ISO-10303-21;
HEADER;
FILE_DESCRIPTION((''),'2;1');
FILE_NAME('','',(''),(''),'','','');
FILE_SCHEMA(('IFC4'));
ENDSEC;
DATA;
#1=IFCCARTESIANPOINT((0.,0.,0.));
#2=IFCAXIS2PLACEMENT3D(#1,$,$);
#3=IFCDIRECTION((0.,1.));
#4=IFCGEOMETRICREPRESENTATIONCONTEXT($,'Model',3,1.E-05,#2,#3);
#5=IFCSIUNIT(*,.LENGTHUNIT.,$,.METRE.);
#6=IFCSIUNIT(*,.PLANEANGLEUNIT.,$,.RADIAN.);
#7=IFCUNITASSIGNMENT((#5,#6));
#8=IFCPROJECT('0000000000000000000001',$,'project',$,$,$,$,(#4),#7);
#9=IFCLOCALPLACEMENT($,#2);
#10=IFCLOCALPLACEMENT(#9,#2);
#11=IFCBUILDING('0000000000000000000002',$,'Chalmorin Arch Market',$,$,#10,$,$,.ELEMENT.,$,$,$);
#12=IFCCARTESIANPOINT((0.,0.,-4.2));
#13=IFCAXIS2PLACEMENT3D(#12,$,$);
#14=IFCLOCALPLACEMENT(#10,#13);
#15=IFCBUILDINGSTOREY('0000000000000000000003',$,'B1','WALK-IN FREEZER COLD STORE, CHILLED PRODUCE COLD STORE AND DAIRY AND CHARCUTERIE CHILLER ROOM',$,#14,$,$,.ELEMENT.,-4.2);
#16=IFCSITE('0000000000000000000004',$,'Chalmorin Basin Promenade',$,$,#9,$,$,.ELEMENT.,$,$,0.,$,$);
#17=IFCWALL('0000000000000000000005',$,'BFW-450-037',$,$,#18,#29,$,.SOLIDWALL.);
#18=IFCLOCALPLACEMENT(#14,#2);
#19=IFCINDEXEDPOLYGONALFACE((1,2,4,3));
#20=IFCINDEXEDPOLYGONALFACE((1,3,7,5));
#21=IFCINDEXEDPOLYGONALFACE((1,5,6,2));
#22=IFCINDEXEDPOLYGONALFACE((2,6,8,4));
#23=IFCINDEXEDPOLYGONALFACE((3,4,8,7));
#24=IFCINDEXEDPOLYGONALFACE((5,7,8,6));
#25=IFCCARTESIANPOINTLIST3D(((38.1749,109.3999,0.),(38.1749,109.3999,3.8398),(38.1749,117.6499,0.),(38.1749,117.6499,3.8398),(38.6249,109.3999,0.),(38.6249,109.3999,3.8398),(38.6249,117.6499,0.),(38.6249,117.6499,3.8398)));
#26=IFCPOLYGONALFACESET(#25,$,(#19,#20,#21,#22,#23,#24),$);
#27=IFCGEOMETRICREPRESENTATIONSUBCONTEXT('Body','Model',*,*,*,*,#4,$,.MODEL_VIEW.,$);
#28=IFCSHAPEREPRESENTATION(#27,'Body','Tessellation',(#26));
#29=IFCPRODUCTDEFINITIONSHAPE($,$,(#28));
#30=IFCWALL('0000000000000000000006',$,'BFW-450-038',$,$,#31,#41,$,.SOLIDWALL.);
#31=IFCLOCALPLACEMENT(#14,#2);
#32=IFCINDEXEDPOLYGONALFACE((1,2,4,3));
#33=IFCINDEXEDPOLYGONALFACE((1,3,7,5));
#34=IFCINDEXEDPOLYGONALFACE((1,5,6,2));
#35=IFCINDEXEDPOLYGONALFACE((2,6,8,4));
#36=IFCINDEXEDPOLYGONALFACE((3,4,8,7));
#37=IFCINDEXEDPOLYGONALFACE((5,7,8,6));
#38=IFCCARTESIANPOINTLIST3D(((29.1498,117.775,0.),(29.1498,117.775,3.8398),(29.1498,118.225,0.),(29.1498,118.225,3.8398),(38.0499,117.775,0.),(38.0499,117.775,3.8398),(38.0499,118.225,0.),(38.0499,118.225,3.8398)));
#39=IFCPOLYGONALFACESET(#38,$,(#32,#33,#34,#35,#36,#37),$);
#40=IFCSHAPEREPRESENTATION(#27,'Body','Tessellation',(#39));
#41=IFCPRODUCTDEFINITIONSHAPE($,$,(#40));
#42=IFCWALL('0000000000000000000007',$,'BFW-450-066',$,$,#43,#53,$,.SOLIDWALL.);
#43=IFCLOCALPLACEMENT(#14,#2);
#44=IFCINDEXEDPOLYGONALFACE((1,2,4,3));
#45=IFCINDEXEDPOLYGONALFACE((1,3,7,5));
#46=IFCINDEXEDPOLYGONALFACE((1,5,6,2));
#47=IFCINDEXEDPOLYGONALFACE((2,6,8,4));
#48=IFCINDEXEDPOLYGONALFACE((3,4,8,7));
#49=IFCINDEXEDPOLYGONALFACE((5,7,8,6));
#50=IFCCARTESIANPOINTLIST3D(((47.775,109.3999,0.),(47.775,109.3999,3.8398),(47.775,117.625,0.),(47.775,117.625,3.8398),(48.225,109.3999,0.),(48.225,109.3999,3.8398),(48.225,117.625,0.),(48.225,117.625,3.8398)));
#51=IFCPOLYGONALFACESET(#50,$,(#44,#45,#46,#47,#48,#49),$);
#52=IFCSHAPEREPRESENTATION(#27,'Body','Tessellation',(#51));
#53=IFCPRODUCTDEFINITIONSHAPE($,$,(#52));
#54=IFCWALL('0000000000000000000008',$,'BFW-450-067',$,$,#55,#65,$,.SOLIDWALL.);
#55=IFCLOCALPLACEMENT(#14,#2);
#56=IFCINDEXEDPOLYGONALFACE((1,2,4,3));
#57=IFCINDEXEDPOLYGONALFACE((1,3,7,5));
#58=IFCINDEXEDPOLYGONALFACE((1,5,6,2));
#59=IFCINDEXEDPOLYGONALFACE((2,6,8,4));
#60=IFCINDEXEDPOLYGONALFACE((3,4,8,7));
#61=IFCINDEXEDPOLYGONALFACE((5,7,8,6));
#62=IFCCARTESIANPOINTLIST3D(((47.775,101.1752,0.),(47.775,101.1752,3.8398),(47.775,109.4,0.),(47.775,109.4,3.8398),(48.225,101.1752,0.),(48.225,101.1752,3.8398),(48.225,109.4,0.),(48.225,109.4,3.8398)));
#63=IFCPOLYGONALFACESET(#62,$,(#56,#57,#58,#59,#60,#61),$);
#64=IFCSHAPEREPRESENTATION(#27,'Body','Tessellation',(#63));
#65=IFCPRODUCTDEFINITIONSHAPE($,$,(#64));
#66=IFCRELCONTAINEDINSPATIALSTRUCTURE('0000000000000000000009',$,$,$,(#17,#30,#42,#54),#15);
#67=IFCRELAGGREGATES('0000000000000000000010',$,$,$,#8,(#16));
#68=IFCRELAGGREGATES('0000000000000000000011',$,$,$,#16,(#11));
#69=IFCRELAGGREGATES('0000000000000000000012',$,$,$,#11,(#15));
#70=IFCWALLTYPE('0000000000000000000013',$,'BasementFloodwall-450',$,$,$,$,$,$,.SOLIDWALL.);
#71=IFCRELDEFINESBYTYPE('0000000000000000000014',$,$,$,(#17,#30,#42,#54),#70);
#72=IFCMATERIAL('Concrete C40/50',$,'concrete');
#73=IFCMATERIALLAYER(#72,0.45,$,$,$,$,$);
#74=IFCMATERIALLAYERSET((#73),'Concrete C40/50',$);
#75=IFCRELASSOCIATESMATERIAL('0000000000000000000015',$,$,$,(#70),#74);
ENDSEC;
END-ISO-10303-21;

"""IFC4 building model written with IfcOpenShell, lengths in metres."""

from ifc_helpers import new_model, si_unit, direction, frame, frame_2d, origin, place, context, subcontext, project, spatial, rectangle, extrude, material, layer, layer_set, type_object, element, save


model = new_model("IFC4")

# Units and contexts
model_context = context("Model", 3, precision=1e-05, world=origin(), true_north=direction((0.0, 1.0)))
body_context = subcontext(model_context, "Body", "Model", "MODEL_VIEW")
ifc_project = project(units=[si_unit("LENGTHUNIT", "METRE"), si_unit("PLANEANGLEUNIT", "RADIAN")], contexts=[model_context])

# Site, building, storey
site_placement = place(None, origin())
site = spatial("IfcSite", under=ifc_project, at=site_placement, Name="Chalmorin Basin Promenade", CompositionType="ELEMENT", RefElevation=0.0)
building_placement = place(site_placement, origin())
building = spatial("IfcBuilding", under=site, at=building_placement, Name="Chalmorin Arch Market", CompositionType="ELEMENT")
storey_placement = place(building_placement, frame((0.0, 0.0, -4.2)))
storey = spatial("IfcBuildingStorey", under=building, at=storey_placement, Name="B1", Description="WALK-IN FREEZER COLD STORE, CHILLED PRODUCE COLD STORE AND DAIRY AND CHARCUTERIE CHILLER ROOM", CompositionType="ELEMENT", Elevation=-4.2)

# Shared definitions
ifc_material_1 = material(Name="Concrete C40/50", Category="concrete")

# Walls
ifc_layer_1 = layer(ifc_material_1, 0.45)
ifc_layer_set_1 = layer_set([ifc_layer_1], Name="Concrete C40/50")
wall_type = type_object("IfcWallType", Name="BasementFloodwall-450", PredefinedType="SOLIDWALL", material=ifc_layer_set_1)
for number, where, z_axis, x_axis, name in (
    (1, (38.3999, 109.3999, 0.0), (0.0, 0.0, 1.0), (0.0, 1.0, 0.0), "BFW-450-037"),
):
    element("IfcWall", number, at=place(storey_placement, frame(where, z_axis=z_axis, x_axis=x_axis)), inside=storey, type_object=wall_type, Name=name, PredefinedType="SOLIDWALL", context=body_context, shape_type="SweptSolid", body=[
        extrude(rectangle(XDim=8.25, YDim=0.45, at=frame_2d((4.125, 0.0))), origin(), (0.0, 0.0, 1.0), 3.8398),
    ])
wall_1_placement = place(storey_placement, frame((38.05, 118.0, 0.0), z_axis=(0.0, 0.0, 1.0), x_axis=(-1.0, 0.0, 0.0)))
element("IfcWall", 2, at=wall_1_placement, inside=storey, type_object=wall_type, Name="BFW-450-038", PredefinedType="SOLIDWALL", context=body_context, shape_type="SweptSolid", body=[
    extrude(rectangle(XDim=8.9001, YDim=0.45, at=frame_2d((4.4502, 0.0))), origin(), (0.0, 0.0, 1.0), 3.8398),
])
wall_2_placement = place(storey_placement, frame((48.0, 117.625, 0.0), z_axis=(0.0, 0.0, 1.0), x_axis=(0.0, -1.0, 0.0)))
element("IfcWall", 3, at=wall_2_placement, inside=storey, type_object=wall_type, Name="BFW-450-066", PredefinedType="SOLIDWALL", context=body_context, shape_type="SweptSolid", body=[
    extrude(rectangle(XDim=8.2251, YDim=0.45, at=frame_2d((4.1125, 0.0))), origin(), (0.0, 0.0, 1.0), 3.8398),
])
wall_3_placement = place(storey_placement, frame((48.0, 109.3999, 0.0), z_axis=(0.0, 0.0, 1.0), x_axis=(0.0, -1.0, 0.0)))
element("IfcWall", 4, at=wall_3_placement, inside=storey, type_object=wall_type, Name="BFW-450-067", PredefinedType="SOLIDWALL", context=body_context, shape_type="SweptSolid", body=[
    extrude(rectangle(XDim=8.2249, YDim=0.45, at=frame_2d((4.1123, 0.0))), origin(), (0.0, 0.0, 1.0), 3.8398),
])

save(model, "model.ifc")
